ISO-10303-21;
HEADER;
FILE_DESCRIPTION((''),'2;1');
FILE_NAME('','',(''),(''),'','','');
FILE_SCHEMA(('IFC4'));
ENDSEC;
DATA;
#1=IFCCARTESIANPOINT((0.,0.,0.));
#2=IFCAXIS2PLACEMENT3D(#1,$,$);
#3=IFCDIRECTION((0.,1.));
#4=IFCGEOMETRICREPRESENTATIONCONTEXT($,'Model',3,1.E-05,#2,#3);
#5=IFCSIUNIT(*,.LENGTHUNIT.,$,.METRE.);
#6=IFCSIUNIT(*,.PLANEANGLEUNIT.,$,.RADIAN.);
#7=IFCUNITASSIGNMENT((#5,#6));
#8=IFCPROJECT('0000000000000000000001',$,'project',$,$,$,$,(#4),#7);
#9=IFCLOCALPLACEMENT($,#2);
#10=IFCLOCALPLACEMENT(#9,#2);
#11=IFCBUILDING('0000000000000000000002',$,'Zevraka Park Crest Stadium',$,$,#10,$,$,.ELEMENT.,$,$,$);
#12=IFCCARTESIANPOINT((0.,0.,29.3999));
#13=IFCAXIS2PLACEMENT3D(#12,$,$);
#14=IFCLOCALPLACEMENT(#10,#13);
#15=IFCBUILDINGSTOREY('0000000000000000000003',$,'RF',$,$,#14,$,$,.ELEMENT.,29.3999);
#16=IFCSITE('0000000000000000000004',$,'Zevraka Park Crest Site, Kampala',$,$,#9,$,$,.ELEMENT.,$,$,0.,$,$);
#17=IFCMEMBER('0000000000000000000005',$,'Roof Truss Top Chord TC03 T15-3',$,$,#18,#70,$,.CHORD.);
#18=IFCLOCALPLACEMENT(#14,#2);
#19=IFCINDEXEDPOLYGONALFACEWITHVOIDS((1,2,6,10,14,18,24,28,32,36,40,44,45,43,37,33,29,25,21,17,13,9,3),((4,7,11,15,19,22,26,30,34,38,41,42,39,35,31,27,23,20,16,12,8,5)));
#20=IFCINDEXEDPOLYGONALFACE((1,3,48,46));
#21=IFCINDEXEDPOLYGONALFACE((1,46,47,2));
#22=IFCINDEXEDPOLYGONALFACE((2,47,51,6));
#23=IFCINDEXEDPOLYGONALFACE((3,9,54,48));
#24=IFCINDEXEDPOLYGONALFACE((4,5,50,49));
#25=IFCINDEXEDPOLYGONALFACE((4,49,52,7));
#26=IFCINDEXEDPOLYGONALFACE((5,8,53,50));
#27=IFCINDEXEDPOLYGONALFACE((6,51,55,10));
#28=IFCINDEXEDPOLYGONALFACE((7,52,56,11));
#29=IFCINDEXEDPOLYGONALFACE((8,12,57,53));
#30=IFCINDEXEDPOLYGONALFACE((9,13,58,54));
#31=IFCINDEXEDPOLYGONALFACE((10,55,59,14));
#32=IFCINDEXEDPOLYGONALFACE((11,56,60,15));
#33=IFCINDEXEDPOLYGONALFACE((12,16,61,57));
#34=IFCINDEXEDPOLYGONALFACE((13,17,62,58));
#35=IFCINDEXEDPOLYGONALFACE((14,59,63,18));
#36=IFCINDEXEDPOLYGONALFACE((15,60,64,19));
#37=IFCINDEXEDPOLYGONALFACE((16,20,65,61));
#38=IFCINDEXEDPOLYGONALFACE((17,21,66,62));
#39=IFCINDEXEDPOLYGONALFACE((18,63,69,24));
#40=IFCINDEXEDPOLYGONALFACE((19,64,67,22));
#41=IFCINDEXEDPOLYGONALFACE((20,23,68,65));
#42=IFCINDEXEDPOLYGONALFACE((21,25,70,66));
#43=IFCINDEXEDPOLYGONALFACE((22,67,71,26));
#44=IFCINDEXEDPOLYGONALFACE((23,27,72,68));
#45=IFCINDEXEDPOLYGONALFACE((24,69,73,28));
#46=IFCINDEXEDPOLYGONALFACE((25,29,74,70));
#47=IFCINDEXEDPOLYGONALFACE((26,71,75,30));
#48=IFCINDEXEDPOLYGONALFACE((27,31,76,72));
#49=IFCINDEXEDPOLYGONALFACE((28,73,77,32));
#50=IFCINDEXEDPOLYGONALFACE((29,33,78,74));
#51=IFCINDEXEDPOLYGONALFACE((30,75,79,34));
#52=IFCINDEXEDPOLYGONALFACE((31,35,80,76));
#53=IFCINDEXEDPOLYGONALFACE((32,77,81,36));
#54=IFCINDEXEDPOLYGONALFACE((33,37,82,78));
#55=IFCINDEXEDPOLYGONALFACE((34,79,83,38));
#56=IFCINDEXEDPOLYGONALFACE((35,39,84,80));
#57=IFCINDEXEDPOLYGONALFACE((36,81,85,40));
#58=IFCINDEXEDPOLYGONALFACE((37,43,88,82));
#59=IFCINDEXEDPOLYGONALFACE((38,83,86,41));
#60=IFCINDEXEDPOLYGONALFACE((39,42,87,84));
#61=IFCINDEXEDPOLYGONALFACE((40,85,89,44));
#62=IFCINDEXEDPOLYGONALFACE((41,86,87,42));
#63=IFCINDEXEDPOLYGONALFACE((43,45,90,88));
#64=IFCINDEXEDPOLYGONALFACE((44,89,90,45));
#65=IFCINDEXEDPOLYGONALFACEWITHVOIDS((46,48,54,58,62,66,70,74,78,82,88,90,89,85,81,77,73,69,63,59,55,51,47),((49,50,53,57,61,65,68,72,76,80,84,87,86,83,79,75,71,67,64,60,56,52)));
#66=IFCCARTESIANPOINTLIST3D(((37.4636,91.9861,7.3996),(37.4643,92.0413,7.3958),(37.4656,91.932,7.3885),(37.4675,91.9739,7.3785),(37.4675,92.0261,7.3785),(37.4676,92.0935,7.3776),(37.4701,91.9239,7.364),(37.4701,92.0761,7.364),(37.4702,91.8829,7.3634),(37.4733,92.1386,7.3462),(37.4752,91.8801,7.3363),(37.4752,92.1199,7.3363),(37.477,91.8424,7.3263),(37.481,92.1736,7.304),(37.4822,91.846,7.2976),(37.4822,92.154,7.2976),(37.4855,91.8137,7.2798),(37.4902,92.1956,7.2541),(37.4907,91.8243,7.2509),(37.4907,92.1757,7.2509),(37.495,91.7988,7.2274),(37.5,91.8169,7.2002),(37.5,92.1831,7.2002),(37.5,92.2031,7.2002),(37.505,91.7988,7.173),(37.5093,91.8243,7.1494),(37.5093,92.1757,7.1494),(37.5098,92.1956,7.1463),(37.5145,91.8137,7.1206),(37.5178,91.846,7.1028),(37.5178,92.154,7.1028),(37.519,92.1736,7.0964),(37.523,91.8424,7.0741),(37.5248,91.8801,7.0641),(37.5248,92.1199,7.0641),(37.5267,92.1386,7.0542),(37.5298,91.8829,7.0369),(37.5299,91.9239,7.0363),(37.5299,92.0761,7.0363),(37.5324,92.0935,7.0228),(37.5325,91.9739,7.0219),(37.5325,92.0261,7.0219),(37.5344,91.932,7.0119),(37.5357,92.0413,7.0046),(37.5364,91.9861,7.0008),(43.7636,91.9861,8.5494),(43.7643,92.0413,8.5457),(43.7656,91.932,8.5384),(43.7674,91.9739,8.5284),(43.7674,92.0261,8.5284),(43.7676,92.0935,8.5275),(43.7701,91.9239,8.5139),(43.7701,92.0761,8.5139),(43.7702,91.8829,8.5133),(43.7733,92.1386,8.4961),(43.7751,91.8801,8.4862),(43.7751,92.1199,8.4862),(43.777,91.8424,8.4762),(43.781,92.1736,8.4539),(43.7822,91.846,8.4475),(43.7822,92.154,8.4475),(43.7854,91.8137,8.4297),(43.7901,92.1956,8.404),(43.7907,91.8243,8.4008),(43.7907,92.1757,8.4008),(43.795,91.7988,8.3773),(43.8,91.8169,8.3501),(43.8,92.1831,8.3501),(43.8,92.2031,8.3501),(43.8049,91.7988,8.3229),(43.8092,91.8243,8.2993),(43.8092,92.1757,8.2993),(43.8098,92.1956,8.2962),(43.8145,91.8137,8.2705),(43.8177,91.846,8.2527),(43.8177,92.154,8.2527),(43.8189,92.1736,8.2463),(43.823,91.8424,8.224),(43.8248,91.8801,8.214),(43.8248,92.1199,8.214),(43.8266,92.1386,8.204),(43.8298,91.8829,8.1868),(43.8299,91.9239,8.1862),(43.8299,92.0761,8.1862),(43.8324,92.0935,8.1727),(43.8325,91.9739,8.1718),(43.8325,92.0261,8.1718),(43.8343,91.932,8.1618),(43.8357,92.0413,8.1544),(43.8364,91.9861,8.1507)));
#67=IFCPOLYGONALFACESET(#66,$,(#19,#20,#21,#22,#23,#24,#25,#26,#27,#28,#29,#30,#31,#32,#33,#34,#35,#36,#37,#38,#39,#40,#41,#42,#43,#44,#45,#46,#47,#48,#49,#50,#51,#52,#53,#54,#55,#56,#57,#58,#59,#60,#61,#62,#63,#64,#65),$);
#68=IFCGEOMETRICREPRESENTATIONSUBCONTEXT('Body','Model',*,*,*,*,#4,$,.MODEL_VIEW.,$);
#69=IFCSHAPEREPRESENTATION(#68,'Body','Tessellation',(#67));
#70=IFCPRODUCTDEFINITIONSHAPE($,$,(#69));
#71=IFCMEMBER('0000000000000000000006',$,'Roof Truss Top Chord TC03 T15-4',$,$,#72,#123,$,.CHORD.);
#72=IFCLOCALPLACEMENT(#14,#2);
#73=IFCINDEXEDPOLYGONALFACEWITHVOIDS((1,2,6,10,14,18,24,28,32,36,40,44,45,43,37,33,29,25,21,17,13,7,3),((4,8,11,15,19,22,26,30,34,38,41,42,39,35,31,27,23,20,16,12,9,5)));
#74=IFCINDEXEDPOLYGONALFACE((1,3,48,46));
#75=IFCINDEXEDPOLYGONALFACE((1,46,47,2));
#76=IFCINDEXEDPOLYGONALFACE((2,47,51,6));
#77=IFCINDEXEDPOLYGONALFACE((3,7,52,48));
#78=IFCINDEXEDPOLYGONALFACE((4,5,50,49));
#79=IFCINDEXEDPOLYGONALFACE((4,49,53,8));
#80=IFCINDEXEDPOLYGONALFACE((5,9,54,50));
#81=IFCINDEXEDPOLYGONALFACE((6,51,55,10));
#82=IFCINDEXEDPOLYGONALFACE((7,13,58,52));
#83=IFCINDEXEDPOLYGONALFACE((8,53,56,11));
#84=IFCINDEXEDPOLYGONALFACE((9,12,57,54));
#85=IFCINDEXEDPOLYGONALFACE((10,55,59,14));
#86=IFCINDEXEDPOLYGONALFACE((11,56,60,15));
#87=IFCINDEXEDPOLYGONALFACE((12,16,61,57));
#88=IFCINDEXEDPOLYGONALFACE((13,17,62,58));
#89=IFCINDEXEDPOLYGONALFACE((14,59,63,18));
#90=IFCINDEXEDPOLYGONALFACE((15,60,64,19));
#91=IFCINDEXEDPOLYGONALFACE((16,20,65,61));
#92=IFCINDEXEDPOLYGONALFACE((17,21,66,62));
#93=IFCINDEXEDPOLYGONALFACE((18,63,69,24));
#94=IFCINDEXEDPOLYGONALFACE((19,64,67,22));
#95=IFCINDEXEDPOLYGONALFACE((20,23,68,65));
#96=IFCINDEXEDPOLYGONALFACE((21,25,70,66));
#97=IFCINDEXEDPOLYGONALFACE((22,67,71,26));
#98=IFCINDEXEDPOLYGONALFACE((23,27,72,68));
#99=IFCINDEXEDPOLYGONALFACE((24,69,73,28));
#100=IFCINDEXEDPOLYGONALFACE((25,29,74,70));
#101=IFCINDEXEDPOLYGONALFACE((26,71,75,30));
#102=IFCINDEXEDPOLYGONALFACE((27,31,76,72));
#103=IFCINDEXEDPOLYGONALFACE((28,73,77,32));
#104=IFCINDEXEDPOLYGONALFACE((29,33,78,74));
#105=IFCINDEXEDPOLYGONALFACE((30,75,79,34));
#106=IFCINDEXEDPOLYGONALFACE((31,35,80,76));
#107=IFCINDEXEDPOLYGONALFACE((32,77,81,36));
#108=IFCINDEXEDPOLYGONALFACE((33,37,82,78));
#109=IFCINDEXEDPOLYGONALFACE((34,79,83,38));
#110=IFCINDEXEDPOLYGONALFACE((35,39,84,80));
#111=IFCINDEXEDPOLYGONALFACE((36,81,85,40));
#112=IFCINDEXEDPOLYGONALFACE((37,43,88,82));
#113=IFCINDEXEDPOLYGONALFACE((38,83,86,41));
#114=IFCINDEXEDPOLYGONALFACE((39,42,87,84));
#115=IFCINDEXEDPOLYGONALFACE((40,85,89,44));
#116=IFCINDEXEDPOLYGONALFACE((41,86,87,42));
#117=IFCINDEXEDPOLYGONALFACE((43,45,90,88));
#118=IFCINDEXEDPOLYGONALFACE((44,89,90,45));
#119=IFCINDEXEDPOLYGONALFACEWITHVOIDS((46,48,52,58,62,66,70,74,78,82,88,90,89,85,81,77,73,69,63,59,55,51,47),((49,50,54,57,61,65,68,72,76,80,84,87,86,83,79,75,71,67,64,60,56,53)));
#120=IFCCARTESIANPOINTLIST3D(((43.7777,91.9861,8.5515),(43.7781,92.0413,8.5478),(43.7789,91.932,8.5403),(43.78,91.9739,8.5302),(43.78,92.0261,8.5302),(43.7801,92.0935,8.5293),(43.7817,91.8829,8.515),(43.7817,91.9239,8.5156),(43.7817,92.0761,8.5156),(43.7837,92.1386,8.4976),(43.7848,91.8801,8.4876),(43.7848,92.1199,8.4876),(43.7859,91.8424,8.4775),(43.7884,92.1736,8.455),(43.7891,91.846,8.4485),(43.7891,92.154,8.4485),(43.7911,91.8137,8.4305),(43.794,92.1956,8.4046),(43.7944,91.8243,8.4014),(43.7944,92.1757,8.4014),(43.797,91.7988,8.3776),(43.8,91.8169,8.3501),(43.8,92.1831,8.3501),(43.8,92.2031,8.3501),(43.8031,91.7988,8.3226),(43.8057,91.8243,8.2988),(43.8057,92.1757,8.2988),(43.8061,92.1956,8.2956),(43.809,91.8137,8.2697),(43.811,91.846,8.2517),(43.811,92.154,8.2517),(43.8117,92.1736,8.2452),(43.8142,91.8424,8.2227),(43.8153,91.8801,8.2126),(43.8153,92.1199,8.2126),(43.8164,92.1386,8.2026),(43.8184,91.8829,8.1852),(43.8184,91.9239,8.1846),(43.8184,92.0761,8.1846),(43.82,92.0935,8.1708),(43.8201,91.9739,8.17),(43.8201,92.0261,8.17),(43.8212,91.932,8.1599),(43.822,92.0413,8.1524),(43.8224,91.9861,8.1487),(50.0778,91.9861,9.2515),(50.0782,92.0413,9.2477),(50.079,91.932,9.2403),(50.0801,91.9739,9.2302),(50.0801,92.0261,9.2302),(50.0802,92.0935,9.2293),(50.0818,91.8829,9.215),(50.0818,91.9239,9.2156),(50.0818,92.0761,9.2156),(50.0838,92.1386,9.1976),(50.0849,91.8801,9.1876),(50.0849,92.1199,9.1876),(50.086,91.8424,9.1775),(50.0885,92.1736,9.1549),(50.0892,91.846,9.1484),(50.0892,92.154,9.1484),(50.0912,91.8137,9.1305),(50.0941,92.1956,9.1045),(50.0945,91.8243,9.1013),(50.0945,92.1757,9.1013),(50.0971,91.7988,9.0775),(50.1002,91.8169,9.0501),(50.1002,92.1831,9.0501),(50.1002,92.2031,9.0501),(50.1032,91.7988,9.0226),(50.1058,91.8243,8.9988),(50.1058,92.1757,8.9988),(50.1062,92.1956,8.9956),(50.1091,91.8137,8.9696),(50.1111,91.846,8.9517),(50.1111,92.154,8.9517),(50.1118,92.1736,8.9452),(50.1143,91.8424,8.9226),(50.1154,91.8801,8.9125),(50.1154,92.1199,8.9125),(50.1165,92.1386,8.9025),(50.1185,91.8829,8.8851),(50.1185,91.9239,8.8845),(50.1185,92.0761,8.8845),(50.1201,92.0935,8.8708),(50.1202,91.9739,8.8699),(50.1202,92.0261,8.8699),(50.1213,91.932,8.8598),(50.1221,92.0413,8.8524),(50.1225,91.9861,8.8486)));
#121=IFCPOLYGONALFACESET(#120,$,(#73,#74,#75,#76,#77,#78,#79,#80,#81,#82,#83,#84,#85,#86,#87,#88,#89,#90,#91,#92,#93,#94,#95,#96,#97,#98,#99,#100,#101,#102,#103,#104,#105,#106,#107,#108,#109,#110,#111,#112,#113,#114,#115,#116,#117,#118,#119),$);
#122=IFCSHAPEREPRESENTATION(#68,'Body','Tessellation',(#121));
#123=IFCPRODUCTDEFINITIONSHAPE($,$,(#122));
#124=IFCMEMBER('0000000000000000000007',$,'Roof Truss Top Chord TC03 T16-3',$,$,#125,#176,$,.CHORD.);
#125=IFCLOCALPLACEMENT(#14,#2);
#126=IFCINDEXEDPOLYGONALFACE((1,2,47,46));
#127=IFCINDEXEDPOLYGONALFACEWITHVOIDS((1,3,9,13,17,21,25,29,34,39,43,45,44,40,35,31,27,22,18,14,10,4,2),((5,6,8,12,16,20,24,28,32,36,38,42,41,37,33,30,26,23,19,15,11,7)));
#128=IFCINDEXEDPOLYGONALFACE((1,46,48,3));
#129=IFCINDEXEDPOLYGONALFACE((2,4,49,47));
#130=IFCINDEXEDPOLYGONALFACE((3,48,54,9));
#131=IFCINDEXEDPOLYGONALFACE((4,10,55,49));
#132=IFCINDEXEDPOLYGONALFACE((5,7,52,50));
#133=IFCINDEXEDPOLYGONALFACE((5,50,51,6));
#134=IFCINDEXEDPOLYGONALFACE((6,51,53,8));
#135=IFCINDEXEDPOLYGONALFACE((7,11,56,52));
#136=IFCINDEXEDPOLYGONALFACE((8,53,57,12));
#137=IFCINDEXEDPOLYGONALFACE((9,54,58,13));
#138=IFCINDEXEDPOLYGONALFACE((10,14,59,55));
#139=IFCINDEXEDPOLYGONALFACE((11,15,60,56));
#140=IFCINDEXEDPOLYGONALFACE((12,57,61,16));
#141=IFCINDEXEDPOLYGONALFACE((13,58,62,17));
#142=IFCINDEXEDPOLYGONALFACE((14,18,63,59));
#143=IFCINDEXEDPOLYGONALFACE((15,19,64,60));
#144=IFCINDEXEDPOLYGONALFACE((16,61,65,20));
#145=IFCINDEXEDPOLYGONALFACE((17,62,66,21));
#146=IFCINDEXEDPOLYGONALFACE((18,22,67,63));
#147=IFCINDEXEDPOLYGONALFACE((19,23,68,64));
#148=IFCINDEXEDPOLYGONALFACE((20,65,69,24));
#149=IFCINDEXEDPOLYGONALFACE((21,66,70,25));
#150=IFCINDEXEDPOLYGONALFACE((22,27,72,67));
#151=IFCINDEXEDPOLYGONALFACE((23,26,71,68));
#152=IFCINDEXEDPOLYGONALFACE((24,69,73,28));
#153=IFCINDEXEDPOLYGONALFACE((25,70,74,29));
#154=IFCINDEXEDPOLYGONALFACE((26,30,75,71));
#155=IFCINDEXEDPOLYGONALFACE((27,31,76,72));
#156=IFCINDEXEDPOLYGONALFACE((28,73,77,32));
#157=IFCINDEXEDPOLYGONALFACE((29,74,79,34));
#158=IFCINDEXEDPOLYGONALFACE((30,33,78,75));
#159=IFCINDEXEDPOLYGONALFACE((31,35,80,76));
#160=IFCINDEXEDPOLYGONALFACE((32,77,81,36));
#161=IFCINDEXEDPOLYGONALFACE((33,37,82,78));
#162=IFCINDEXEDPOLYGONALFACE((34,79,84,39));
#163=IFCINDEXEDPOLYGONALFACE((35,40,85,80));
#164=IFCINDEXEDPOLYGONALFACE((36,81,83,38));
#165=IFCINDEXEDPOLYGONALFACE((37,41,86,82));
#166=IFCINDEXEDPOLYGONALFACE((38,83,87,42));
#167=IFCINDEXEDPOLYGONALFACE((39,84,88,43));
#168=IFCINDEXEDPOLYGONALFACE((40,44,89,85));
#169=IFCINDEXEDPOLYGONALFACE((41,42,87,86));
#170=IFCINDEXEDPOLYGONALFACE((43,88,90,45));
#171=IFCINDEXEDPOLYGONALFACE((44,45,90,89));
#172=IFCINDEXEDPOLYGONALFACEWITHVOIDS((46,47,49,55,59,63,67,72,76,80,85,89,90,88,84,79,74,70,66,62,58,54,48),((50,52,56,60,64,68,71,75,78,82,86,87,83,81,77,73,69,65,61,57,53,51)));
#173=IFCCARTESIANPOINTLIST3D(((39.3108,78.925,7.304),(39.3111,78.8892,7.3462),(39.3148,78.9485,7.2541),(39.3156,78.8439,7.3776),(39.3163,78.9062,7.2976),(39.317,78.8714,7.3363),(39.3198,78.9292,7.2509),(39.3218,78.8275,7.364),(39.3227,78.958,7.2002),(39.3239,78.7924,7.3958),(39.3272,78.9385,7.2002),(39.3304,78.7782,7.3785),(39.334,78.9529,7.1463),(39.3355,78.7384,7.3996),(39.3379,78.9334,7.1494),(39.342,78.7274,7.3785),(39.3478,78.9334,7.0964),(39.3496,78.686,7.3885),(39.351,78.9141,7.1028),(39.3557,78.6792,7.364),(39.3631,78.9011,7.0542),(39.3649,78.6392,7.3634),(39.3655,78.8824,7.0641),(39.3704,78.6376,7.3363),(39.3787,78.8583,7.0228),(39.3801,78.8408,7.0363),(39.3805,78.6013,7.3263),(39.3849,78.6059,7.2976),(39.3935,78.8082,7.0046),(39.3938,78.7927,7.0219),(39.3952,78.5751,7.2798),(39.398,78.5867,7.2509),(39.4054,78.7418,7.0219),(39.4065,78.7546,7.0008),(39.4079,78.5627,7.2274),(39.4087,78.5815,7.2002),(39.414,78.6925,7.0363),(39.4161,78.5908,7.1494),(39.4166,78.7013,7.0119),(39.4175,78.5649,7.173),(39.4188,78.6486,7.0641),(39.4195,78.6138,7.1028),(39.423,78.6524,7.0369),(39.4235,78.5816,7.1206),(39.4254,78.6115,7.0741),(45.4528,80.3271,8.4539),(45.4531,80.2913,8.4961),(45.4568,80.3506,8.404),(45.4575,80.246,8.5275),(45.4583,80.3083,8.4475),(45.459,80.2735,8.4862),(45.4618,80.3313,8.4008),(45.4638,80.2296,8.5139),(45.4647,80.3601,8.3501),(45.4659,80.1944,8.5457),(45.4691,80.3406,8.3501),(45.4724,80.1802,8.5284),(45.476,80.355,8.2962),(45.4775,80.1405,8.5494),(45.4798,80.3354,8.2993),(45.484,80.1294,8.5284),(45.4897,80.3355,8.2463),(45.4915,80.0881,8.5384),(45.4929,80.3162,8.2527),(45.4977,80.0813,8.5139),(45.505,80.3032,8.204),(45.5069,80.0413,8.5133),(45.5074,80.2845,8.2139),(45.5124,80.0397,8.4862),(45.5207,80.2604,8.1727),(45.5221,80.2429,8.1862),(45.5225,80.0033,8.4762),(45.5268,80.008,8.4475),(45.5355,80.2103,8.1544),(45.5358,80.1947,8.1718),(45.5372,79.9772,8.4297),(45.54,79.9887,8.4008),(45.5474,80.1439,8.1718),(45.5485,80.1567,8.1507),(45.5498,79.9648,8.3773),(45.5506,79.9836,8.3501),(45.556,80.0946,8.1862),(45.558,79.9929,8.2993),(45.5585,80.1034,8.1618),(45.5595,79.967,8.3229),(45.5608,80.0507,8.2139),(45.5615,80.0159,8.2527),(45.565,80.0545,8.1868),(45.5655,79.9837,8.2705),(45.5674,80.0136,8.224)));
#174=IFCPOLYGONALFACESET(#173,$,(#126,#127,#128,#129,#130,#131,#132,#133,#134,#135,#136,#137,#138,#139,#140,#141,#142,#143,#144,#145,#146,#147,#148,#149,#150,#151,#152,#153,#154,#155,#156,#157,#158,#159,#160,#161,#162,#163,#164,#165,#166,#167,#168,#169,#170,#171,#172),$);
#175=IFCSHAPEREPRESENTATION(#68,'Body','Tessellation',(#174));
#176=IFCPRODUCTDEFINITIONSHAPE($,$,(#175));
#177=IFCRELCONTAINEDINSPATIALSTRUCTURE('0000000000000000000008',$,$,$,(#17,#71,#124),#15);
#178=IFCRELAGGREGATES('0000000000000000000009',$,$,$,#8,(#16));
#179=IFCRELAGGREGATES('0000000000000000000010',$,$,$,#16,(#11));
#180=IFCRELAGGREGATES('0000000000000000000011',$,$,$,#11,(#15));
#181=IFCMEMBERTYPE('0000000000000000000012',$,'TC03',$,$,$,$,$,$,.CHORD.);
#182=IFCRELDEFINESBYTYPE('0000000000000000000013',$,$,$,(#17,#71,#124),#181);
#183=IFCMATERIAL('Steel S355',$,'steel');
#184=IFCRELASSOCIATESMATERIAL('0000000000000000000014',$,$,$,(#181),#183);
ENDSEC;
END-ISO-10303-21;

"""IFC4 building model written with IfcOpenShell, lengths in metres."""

from ifc_helpers import new_model, si_unit, direction, frame, origin, origin_2d, place, context, subcontext, project, spatial, hollow_circle, extrude, material, material_profile, profile_set, type_object, element, save


model = new_model("IFC4")

# Units and contexts
model_context = context("Model", 3, precision=1e-05, world=origin(), true_north=direction((0.0, 1.0)))
body_context = subcontext(model_context, "Body", "Model", "MODEL_VIEW")
ifc_project = project(units=[si_unit("LENGTHUNIT", "METRE"), si_unit("PLANEANGLEUNIT", "RADIAN")], contexts=[model_context])

# Site, building, storey
site_placement = place(None, origin())
site = spatial("IfcSite", under=ifc_project, at=site_placement, Name="Zevraka Park Crest Site, Kampala", CompositionType="ELEMENT", RefElevation=0.0)
building_placement = place(site_placement, origin())
building = spatial("IfcBuilding", under=site, at=building_placement, Name="Zevraka Park Crest Stadium", CompositionType="ELEMENT")
storey_placement = place(building_placement, frame((0.0, 0.0, 29.3999)))
storey = spatial("IfcBuildingStorey", under=building, at=storey_placement, Name="RF", CompositionType="ELEMENT", Elevation=29.3999)

# Members
ifc_material_1 = material(Name="Steel S355", Category="steel")
ifc_material_profile_1 = material_profile(ifc_material_1, hollow_circle(Radius=0.2031, WallThickness=0.02, at=origin_2d()), Name="CHS 406.4x20")
ifc_profile_set_1 = profile_set([ifc_material_profile_1], Name="Steel S355")
member_type_1 = type_object("IfcMemberType", Name="TC03", PredefinedType="CHORD", material=ifc_profile_set_1)
member_1_placement = place(storey_placement, frame((37.5, 92.0, 7.2002), z_axis=(0.983748, 0.0, 0.179556), x_axis=(0.0, 1.0, 0.0)))
element("IfcMember", 1, at=member_1_placement, inside=storey, type_object=member_type_1, Name="Roof Truss Top Chord TC03 T15-3", PredefinedType="CHORD", context=body_context, shape_type="SweptSolid", body=[
    extrude(hollow_circle(Radius=0.2031, WallThickness=0.02, at=origin_2d()), origin(), (0.0, 0.0, 1.0), 6.4041),
])
member_2_placement = place(storey_placement, frame((43.8, 92.0, 8.3501), z_axis=(0.993885, 0.0, 0.110423), x_axis=(0.0, 1.0, 0.0)))
element("IfcMember", 2, at=member_2_placement, inside=storey, type_object=member_type_1, Name="Roof Truss Top Chord TC03 T15-4", PredefinedType="CHORD", context=body_context, shape_type="SweptSolid", body=[
    extrude(hollow_circle(Radius=0.2031, WallThickness=0.02, at=origin_2d()), origin(), (0.0, 0.0, 1.0), 6.3389),
])
member_3_placement = place(storey_placement, frame((39.3679, 78.76, 7.2002), z_axis=(0.959076, 0.218935, 0.179555), x_axis=(-0.222552, 0.974921, 0.0)))
element("IfcMember", 3, at=member_3_placement, inside=storey, type_object=member_type_1, Name="Roof Truss Top Chord TC03 T16-3", PredefinedType="CHORD", context=body_context, shape_type="SweptSolid", body=[
    extrude(hollow_circle(Radius=0.2031, WallThickness=0.02, at=origin_2d()), origin(), (0.0, 0.0, 1.0), 6.4041),
])

save(model, "model.ifc")
